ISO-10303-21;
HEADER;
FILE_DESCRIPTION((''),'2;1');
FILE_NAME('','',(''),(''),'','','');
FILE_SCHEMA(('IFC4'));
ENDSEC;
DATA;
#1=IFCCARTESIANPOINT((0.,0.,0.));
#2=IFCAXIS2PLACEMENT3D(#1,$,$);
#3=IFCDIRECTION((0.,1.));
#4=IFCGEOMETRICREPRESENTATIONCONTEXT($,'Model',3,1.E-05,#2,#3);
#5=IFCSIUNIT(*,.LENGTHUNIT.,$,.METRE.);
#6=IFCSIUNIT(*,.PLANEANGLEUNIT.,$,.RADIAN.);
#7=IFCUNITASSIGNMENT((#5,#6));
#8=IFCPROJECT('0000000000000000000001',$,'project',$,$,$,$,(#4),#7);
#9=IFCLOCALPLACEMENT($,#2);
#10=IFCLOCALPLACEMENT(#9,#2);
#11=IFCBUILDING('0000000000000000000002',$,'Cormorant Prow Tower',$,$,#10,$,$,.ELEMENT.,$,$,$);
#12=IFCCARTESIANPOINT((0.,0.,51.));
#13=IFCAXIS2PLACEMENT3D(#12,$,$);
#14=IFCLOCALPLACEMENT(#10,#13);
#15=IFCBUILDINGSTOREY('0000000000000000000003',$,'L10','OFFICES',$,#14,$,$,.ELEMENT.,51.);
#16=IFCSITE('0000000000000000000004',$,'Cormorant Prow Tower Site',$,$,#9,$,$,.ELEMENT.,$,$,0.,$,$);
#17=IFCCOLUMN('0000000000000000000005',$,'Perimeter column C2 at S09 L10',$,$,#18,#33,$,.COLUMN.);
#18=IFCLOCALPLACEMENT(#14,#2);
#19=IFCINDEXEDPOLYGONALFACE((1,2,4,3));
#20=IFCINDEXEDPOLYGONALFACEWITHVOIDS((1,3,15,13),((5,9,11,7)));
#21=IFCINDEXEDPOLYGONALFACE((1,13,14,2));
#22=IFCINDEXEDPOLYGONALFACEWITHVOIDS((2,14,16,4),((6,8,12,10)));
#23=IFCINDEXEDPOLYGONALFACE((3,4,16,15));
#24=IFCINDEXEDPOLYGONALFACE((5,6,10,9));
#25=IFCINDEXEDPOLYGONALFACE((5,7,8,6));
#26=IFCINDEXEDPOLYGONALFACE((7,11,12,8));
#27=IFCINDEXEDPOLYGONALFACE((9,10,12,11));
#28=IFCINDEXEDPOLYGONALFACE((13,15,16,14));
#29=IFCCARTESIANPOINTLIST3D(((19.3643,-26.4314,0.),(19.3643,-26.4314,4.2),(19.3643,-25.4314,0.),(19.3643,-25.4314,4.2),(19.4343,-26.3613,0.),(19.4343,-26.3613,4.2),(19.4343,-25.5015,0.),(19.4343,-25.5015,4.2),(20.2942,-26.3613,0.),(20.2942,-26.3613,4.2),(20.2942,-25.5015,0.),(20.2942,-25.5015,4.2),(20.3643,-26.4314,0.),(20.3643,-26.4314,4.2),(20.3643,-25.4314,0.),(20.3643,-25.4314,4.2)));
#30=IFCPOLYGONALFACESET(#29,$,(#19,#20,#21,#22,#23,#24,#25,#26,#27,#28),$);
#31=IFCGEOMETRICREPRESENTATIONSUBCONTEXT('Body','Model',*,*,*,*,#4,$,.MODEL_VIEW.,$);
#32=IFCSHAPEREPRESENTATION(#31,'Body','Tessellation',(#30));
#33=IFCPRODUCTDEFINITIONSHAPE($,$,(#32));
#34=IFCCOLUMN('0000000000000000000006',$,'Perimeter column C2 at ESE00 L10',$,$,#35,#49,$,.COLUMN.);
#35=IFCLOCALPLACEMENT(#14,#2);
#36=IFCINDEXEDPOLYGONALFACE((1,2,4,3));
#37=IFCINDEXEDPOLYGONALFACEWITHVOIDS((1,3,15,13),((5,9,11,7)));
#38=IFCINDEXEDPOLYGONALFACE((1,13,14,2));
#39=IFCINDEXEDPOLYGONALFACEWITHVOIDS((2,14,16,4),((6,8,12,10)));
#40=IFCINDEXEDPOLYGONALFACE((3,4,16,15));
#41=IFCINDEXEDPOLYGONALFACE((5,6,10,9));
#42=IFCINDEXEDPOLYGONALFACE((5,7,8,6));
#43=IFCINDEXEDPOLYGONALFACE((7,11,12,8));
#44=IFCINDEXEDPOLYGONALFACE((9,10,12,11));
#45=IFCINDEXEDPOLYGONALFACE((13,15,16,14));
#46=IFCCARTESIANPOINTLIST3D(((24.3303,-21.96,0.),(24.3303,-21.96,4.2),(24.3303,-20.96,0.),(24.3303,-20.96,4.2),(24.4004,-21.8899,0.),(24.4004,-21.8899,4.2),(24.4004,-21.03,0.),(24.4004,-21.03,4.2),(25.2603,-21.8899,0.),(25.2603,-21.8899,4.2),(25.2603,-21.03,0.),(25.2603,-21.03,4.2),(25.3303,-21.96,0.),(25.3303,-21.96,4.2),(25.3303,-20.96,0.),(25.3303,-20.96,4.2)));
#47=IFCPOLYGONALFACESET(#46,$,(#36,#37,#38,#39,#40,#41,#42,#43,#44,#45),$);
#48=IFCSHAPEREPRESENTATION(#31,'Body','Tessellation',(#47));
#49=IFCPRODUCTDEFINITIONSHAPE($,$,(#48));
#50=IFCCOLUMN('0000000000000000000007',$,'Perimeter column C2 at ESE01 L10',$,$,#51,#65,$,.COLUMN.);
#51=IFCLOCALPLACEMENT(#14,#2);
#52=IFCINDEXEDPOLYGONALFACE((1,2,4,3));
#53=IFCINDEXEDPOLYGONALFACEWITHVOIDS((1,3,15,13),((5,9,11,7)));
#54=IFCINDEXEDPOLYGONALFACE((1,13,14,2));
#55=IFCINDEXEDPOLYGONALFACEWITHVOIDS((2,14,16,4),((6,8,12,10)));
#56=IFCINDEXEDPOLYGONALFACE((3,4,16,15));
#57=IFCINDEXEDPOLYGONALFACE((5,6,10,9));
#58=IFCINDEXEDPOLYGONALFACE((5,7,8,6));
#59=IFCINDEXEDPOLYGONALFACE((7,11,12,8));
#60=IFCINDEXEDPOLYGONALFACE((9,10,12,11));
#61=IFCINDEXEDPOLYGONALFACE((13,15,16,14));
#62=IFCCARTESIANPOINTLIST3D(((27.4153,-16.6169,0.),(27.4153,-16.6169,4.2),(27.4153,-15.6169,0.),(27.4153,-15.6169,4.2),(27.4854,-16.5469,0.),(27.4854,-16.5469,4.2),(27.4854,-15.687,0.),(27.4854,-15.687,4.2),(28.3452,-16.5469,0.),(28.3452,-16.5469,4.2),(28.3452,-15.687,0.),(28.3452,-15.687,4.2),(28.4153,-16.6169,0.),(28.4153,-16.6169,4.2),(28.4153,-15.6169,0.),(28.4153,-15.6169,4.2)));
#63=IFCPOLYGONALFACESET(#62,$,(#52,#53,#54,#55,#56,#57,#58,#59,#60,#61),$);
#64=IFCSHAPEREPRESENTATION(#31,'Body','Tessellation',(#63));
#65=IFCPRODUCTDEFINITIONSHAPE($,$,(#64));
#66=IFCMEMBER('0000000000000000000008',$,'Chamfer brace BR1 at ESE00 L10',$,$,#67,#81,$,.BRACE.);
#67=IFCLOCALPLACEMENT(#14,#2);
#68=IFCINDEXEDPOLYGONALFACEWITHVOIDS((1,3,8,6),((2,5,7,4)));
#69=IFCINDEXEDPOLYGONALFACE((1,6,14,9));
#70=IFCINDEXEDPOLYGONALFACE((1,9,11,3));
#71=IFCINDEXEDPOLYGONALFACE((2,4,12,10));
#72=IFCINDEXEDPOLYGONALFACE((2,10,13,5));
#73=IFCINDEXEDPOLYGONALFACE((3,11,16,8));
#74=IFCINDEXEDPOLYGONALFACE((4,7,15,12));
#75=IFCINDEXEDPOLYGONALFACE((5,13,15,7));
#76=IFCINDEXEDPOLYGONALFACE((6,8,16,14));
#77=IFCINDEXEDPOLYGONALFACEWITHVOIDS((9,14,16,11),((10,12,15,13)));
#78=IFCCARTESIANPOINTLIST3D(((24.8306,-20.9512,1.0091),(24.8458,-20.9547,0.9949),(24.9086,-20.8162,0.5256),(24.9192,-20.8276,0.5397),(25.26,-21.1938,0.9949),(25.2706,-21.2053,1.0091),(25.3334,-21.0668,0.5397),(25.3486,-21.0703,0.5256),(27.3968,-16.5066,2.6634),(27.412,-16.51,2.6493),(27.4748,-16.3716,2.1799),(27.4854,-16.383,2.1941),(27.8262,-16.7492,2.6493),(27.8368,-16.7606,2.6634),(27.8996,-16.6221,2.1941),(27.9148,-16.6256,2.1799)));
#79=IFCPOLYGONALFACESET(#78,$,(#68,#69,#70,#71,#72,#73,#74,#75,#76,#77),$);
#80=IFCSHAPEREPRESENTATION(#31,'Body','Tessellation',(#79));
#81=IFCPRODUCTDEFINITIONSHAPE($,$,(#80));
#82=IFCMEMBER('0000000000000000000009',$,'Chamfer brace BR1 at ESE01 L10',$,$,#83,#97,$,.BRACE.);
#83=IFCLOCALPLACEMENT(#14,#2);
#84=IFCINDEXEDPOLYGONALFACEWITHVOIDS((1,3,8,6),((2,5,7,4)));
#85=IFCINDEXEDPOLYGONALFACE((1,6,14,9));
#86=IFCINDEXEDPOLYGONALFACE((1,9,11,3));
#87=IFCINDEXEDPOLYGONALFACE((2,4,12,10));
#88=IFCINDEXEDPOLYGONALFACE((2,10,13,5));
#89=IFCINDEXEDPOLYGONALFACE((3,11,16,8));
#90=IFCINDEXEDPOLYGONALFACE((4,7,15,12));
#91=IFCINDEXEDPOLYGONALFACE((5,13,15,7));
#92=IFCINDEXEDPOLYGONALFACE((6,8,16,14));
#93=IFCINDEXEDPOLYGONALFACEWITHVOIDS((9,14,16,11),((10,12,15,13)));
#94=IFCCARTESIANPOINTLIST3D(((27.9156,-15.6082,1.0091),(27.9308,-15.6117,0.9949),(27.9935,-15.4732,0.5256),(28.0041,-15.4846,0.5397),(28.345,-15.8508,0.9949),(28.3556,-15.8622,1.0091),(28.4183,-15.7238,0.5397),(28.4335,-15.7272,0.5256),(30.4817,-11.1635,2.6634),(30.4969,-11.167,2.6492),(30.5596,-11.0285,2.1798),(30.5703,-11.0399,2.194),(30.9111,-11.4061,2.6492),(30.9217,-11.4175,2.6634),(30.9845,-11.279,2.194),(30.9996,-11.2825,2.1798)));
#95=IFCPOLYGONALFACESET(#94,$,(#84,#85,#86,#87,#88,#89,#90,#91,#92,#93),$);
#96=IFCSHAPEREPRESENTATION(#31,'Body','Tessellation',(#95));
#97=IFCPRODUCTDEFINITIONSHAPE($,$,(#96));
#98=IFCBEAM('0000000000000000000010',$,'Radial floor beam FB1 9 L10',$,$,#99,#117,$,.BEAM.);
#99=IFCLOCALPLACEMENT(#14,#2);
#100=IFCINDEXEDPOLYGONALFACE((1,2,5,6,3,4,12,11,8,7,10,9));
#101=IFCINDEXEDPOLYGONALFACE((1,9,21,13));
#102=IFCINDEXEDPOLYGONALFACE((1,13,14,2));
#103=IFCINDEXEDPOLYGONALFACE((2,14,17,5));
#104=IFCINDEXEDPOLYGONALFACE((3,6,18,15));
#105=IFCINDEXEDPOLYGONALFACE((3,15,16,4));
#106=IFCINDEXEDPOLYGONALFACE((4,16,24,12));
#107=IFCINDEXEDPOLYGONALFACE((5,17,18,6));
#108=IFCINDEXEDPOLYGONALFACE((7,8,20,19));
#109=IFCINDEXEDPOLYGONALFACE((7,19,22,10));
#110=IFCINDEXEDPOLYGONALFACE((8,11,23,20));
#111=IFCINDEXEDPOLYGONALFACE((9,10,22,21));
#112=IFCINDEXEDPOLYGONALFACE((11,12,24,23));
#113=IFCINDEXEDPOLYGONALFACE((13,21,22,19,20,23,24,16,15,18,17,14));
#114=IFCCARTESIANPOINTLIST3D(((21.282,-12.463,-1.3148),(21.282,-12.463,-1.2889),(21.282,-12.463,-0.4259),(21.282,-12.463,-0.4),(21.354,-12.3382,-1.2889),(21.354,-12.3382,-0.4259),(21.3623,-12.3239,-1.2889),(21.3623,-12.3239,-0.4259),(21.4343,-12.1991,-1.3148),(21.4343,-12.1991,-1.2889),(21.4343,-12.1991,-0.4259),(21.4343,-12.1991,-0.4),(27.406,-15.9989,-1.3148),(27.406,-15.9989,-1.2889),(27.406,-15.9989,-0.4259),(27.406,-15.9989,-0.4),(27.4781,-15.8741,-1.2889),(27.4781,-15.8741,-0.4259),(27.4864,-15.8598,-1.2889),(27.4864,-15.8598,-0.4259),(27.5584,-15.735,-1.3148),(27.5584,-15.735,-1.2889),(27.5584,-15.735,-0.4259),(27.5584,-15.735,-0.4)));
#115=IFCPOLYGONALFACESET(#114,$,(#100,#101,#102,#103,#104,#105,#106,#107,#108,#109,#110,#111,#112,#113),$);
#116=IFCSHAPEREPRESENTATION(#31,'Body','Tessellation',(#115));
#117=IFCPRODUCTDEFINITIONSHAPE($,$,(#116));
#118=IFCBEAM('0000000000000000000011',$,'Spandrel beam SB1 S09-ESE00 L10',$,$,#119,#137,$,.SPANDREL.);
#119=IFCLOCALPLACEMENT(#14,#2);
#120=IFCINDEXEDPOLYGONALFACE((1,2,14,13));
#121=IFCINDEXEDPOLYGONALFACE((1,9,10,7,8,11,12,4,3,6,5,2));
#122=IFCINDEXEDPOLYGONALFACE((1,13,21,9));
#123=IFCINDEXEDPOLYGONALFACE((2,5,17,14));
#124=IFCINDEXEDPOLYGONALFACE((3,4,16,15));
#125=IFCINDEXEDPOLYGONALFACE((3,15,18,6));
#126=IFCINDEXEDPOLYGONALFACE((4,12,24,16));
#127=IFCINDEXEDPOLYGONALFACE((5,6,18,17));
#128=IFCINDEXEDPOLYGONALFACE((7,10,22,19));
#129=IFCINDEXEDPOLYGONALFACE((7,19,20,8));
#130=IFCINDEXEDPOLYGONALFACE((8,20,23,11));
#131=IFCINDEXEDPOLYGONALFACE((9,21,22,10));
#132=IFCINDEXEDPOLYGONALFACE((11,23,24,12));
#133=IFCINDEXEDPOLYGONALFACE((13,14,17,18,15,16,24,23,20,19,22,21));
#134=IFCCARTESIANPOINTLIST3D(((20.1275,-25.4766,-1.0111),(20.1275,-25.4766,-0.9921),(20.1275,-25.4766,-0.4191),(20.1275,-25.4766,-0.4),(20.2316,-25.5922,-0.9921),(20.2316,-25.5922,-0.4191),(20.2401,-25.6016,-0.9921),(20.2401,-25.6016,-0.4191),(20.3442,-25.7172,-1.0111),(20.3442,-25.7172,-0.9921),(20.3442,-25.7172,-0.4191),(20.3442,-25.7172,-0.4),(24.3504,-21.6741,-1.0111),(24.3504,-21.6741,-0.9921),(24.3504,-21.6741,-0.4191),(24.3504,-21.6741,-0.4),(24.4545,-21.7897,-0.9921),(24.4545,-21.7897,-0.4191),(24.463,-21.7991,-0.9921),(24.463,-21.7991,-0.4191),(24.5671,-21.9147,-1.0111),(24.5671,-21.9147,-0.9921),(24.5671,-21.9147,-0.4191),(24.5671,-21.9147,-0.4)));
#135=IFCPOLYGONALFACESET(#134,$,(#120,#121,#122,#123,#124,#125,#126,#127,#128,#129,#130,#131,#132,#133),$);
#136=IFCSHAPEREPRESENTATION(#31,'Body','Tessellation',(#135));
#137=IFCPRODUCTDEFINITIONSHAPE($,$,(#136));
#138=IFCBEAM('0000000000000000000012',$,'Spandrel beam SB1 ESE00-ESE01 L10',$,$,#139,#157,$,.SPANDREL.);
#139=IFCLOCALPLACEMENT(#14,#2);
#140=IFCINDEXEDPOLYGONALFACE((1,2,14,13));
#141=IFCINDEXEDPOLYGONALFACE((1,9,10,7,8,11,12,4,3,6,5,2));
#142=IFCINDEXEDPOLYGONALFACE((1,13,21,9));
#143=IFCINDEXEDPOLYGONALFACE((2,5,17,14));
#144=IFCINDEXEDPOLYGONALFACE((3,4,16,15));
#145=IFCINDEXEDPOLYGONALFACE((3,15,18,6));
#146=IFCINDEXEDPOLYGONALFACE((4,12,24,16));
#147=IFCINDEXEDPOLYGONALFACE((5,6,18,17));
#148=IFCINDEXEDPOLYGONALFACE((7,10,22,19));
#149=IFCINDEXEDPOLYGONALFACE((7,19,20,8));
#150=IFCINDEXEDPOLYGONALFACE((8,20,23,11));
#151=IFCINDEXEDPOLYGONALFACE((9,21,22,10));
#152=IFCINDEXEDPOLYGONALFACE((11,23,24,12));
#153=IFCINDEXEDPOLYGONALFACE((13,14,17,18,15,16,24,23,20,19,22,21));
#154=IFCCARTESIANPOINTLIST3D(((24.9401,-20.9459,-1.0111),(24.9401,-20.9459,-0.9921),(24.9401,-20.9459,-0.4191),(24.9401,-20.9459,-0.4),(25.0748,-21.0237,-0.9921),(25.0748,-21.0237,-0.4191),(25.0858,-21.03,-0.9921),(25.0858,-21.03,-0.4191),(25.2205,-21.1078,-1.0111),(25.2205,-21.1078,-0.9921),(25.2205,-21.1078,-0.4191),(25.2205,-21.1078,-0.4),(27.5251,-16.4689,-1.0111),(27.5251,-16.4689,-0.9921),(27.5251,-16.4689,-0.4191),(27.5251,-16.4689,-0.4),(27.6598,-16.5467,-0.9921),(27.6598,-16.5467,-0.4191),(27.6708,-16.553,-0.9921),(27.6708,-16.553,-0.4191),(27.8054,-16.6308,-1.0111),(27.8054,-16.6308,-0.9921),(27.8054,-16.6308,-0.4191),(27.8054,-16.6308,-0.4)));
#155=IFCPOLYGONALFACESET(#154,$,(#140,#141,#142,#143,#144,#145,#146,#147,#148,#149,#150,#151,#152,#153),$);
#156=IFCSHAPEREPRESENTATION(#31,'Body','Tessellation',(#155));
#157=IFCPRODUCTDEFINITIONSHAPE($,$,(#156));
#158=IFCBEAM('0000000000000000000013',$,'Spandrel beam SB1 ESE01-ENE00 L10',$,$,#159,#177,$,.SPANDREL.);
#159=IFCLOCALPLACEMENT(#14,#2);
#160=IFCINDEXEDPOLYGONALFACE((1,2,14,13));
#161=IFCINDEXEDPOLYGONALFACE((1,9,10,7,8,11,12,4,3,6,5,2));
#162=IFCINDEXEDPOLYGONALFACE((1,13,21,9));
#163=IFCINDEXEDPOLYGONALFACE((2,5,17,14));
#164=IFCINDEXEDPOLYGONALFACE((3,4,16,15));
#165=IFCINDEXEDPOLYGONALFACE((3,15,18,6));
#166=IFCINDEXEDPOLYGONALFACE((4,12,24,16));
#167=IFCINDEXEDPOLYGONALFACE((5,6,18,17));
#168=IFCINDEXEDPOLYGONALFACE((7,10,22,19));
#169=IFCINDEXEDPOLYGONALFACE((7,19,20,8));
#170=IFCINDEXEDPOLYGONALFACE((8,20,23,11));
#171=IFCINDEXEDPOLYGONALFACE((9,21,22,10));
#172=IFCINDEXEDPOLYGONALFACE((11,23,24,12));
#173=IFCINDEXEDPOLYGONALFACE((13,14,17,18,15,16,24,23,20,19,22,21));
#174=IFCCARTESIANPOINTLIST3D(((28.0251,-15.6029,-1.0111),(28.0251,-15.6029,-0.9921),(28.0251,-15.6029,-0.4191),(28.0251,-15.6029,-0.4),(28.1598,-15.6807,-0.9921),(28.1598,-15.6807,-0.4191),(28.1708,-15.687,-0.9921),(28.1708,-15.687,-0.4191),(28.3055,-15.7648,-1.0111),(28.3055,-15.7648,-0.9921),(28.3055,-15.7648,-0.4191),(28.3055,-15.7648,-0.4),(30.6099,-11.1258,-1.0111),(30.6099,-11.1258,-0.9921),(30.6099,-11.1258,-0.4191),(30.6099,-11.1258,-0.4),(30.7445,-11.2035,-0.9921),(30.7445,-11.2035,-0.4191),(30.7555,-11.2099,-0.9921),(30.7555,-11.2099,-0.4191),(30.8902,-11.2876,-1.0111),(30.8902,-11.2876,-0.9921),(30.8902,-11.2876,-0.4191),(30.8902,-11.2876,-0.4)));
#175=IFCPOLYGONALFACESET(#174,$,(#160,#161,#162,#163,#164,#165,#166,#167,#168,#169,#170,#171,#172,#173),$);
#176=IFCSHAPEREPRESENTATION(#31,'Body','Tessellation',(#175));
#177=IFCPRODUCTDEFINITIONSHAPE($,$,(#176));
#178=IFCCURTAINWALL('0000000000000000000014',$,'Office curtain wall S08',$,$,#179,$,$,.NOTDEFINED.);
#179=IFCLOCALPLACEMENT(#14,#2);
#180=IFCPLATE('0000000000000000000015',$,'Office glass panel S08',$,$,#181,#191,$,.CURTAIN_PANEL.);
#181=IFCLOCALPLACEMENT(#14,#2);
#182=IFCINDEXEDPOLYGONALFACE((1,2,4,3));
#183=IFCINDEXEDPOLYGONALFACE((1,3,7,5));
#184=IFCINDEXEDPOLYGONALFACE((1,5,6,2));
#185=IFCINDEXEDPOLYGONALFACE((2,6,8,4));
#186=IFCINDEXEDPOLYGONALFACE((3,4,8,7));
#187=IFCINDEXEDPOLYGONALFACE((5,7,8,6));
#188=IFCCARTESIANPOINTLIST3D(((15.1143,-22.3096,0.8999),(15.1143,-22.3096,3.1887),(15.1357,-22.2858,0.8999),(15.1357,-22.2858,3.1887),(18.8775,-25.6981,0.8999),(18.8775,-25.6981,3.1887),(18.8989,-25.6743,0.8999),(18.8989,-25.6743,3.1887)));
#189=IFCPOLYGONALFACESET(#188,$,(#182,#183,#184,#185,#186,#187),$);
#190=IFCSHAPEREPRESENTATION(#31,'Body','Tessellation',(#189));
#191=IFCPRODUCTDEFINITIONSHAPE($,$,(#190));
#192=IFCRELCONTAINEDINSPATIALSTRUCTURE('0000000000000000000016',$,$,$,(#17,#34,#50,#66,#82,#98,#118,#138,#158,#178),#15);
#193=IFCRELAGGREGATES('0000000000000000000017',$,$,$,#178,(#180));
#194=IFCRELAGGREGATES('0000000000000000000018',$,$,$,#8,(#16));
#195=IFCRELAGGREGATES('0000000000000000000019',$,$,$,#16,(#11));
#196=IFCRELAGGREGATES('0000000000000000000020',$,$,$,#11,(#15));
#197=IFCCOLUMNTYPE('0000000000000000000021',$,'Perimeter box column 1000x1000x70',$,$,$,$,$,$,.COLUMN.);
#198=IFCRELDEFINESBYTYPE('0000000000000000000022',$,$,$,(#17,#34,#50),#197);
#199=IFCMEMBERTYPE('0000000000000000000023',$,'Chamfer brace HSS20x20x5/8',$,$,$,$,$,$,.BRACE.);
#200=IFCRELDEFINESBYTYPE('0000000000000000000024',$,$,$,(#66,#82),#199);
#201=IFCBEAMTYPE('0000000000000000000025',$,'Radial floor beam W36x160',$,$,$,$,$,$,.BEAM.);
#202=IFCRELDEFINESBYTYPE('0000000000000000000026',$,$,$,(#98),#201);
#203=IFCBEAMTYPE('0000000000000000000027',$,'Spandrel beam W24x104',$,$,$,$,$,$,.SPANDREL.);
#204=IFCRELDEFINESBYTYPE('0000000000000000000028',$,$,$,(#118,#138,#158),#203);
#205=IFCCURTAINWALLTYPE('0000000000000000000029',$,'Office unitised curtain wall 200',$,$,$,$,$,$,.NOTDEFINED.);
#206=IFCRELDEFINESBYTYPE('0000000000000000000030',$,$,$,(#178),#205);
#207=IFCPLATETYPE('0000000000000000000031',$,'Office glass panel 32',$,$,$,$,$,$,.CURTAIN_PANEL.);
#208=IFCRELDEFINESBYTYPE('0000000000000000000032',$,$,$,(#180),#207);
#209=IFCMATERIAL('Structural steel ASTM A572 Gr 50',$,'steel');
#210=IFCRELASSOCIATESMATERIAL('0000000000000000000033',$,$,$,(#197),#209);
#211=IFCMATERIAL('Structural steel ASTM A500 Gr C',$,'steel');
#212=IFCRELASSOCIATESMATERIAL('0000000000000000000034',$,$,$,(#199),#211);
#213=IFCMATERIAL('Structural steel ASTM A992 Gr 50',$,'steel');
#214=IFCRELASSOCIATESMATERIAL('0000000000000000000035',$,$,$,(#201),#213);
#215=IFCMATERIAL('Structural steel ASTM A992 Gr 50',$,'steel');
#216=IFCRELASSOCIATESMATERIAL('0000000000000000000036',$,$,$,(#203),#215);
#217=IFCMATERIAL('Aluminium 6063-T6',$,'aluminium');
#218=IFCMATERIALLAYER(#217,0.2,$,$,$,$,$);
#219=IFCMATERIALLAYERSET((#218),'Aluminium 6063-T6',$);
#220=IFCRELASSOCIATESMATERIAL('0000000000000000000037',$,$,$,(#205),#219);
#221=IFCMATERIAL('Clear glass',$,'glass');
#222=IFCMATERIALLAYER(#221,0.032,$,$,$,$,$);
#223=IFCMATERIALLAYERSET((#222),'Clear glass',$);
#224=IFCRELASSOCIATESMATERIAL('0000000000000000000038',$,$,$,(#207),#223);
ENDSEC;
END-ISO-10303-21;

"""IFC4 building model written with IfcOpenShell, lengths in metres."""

from ifc_helpers import new_model, si_unit, direction, frame, origin, origin_2d, place, context, subcontext, project, spatial, rectangle, hollow_rectangle, i_section, extrude, material, layer, layer_set, material_profile, profile_set, type_object, element, aggregate, save


model = new_model("IFC4")

# Units and contexts
model_context = context("Model", 3, precision=1e-05, world=origin(), true_north=direction((0.0, 1.0)))
body_context = subcontext(model_context, "Body", "Model", "MODEL_VIEW")
ifc_project = project(units=[si_unit("LENGTHUNIT", "METRE"), si_unit("PLANEANGLEUNIT", "RADIAN")], contexts=[model_context])

# Site, building, storey
site_placement = place(None, origin())
site = spatial("IfcSite", under=ifc_project, at=site_placement, Name="Cormorant Prow Tower Site", CompositionType="ELEMENT", RefElevation=0.0)
building_placement = place(site_placement, origin())
building = spatial("IfcBuilding", under=site, at=building_placement, Name="Cormorant Prow Tower", CompositionType="ELEMENT")
storey_placement = place(building_placement, frame((0.0, 0.0, 51.0)))
storey = spatial("IfcBuildingStorey", under=building, at=storey_placement, Name="L10", Description="OFFICES", CompositionType="ELEMENT", Elevation=51.0)

# Columns
ifc_material_1 = material(Name="Structural steel ASTM A572 Gr 50", Category="steel")
ifc_material_profile_1 = material_profile(ifc_material_1, hollow_rectangle(XDim=1.0, YDim=1.0, WallThickness=0.0701, at=origin_2d()), Name="Box 1000x1000x70")
ifc_profile_set_1 = profile_set([ifc_material_profile_1], Name="Structural steel ASTM A572 Gr 50")
column_type = type_object("IfcColumnType", Name="Perimeter box column 1000x1000x70", PredefinedType="COLUMN", material=ifc_profile_set_1)
for number, where, z_axis, x_axis, name in (
    (1, (19.8643, -25.9314, 0.0), (0.0, 0.0, 1.0), (1.0, 0.0, 0.0), "Perimeter column C2 at S09 L10"),
    (2, (24.8303, -21.46, 0.0), (0.0, 0.0, 1.0), (1.0, 0.0, 0.0), "Perimeter column C2 at ESE00 L10"),
    (3, (27.9153, -16.1169, 0.0), (0.0, 0.0, 1.0), (1.0, 0.0, 0.0), "Perimeter column C2 at ESE01 L10"),
):
    element("IfcColumn", number, at=place(storey_placement, frame(where, z_axis=z_axis, x_axis=x_axis)), inside=storey, type_object=column_type, Name=name, PredefinedType="COLUMN", context=body_context, shape_type="SweptSolid", body=[
        extrude(hollow_rectangle(XDim=1.0, YDim=1.0, WallThickness=0.0701, at=origin_2d()), origin(), (0.0, 0.0, 1.0), 4.2),
    ])

# Members
ifc_material_2 = material(Name="Structural steel ASTM A500 Gr C", Category="steel")
ifc_material_profile_2 = material_profile(ifc_material_2, hollow_rectangle(XDim=0.5081, YDim=0.5081, WallThickness=0.0149, at=origin_2d()), Name="HSS20x20x5/8")
ifc_profile_set_2 = profile_set([ifc_material_profile_2], Name="Structural steel ASTM A500 Gr C")
member_type = type_object("IfcMemberType", Name="Chamfer brace HSS20x20x5/8", PredefinedType="BRACE", material=ifc_profile_set_2)
for number, where, z_axis, x_axis, name in (
    (4, (25.0896, -21.0107, 0.7673), (0.4759, 0.824256, 0.306793), (-0.866018, 0.500012, 0.0), "Chamfer brace BR1 at ESE00 L10"),
    (5, (28.1746, -15.6677, 0.7673), (0.475882, 0.82427, 0.306781), (-0.86603, 0.499991, 0.0), "Chamfer brace BR1 at ESE01 L10"),
):
    element("IfcMember", number, at=place(storey_placement, frame(where, z_axis=z_axis, x_axis=x_axis)), inside=storey, type_object=member_type, Name=name, PredefinedType="BRACE", context=body_context, shape_type="SweptSolid", body=[
        extrude(hollow_rectangle(XDim=0.5081, YDim=0.5081, WallThickness=0.0149, at=origin_2d()), origin(), (0.0, 0.0, 1.0), 5.3923),
    ])

# Beams
ifc_material_3 = material(Name="Structural steel ASTM A992 Gr 50", Category="steel")
ifc_material_profile_3 = material_profile(ifc_material_3, i_section(OverallWidth=0.3047, OverallDepth=0.9148, WebThickness=0.0166, FlangeThickness=0.0259, at=origin_2d()), Name="W36x160")
ifc_profile_set_3 = profile_set([ifc_material_profile_3], Name="Structural steel ASTM A992 Gr 50")
beam_type_1 = type_object("IfcBeamType", Name="Radial floor beam W36x160", PredefinedType="BEAM", material=ifc_profile_set_3)
beam_1_placement = place(storey_placement, frame((21.3582, -12.3311, -0.8574), z_axis=(0.866014, -0.500019, 0.0), x_axis=(0.500019, 0.866014, 0.0)))
element("IfcBeam", 6, at=beam_1_placement, inside=storey, type_object=beam_type_1, Name="Radial floor beam FB1 9 L10", PredefinedType="BEAM", context=body_context, shape_type="SweptSolid", body=[
    extrude(i_section(OverallWidth=0.3047, OverallDepth=0.9148, WebThickness=0.0166, FlangeThickness=0.0259, at=origin_2d()), origin(), (0.0, 0.0, 1.0), 7.0715),
])
ifc_material_4 = material(Name="Structural steel ASTM A992 Gr 50", Category="steel")
ifc_material_profile_4 = material_profile(ifc_material_4, i_section(OverallWidth=0.3237, OverallDepth=0.6111, WebThickness=0.0127, FlangeThickness=0.019, at=origin_2d()), Name="W24x104")
ifc_profile_set_4 = profile_set([ifc_material_profile_4], Name="Structural steel ASTM A992 Gr 50")
beam_type_2 = type_object("IfcBeamType", Name="Spandrel beam W24x104", PredefinedType="SPANDREL", material=ifc_profile_set_4)
beam_2_placement = place(storey_placement, frame((20.2358, -25.5969, -0.7056), z_axis=(0.74313, 0.669147, 0.0), x_axis=(-0.669147, 0.74313, 0.0)))
element("IfcBeam", 7, at=beam_2_placement, inside=storey, type_object=beam_type_2, Name="Spandrel beam SB1 S09-ESE00 L10", PredefinedType="SPANDREL", context=body_context, shape_type="SweptSolid", body=[
    extrude(i_section(OverallWidth=0.3237, OverallDepth=0.6111, WebThickness=0.0127, FlangeThickness=0.019, at=origin_2d()), origin(), (0.0, 0.0, 1.0), 5.6826),
])
for number, where, z_axis, x_axis, name in (
    (8, (25.0803, -21.0269, -0.7056), (0.50002, 0.866014, 0.0), (-0.866014, 0.50002, 0.0), "Spandrel beam SB1 ESE00-ESE01 L10"),
    (9, (28.1653, -15.6838, -0.7056), (0.499984, 0.866035, 0.0), (-0.866035, 0.499984, 0.0), "Spandrel beam SB1 ESE01-ENE00 L10"),
):
    element("IfcBeam", number, at=place(storey_placement, frame(where, z_axis=z_axis, x_axis=x_axis)), inside=storey, type_object=beam_type_2, Name=name, PredefinedType="SPANDREL", context=body_context, shape_type="SweptSolid", body=[
        extrude(i_section(OverallWidth=0.3237, OverallDepth=0.6111, WebThickness=0.0127, FlangeThickness=0.019, at=origin_2d()), origin(), (0.0, 0.0, 1.0), 5.1697),
    ])

# Curtain wall, plate
ifc_material_5 = material(Name="Aluminium 6063-T6", Category="aluminium")
ifc_layer_1 = layer(ifc_material_5, 0.2)
ifc_layer_set_1 = layer_set([ifc_layer_1], Name="Aluminium 6063-T6")
curtain_wall_type = type_object("IfcCurtainWallType", Name="Office unitised curtain wall 200", PredefinedType="NOTDEFINED", material=ifc_layer_set_1)
curtain_wall_placement = place(storey_placement, origin())
curtain_wall = element("IfcCurtainWall", 10, at=curtain_wall_placement, inside=storey, type_object=curtain_wall_type, Name="Office curtain wall S08", PredefinedType="NOTDEFINED")
ifc_material_6 = material(Name="Clear glass", Category="glass")
ifc_layer_2 = layer(ifc_material_6, 0.032)
ifc_layer_set_2 = layer_set([ifc_layer_2], Name="Clear glass")
plate_type = type_object("IfcPlateType", Name="Office glass panel 32", PredefinedType="CURTAIN_PANEL", material=ifc_layer_set_2)
plate_placement = place(storey_placement, frame((17.0066, -23.9919, 0.8999), z_axis=(0.0, 0.0, 1.0), x_axis=(0.743145, -0.669131, 0.0)))
plate = element("IfcPlate", 11, at=plate_placement, type_object=plate_type, Name="Office glass panel S08", PredefinedType="CURTAIN_PANEL", context=body_context, shape_type="SweptSolid", body=[
    extrude(rectangle(XDim=5.064, YDim=0.032, at=origin_2d()), origin(), (0.0, 0.0, 1.0), 2.2888),
])
aggregate(curtain_wall, [plate])

save(model, "model.ifc")
